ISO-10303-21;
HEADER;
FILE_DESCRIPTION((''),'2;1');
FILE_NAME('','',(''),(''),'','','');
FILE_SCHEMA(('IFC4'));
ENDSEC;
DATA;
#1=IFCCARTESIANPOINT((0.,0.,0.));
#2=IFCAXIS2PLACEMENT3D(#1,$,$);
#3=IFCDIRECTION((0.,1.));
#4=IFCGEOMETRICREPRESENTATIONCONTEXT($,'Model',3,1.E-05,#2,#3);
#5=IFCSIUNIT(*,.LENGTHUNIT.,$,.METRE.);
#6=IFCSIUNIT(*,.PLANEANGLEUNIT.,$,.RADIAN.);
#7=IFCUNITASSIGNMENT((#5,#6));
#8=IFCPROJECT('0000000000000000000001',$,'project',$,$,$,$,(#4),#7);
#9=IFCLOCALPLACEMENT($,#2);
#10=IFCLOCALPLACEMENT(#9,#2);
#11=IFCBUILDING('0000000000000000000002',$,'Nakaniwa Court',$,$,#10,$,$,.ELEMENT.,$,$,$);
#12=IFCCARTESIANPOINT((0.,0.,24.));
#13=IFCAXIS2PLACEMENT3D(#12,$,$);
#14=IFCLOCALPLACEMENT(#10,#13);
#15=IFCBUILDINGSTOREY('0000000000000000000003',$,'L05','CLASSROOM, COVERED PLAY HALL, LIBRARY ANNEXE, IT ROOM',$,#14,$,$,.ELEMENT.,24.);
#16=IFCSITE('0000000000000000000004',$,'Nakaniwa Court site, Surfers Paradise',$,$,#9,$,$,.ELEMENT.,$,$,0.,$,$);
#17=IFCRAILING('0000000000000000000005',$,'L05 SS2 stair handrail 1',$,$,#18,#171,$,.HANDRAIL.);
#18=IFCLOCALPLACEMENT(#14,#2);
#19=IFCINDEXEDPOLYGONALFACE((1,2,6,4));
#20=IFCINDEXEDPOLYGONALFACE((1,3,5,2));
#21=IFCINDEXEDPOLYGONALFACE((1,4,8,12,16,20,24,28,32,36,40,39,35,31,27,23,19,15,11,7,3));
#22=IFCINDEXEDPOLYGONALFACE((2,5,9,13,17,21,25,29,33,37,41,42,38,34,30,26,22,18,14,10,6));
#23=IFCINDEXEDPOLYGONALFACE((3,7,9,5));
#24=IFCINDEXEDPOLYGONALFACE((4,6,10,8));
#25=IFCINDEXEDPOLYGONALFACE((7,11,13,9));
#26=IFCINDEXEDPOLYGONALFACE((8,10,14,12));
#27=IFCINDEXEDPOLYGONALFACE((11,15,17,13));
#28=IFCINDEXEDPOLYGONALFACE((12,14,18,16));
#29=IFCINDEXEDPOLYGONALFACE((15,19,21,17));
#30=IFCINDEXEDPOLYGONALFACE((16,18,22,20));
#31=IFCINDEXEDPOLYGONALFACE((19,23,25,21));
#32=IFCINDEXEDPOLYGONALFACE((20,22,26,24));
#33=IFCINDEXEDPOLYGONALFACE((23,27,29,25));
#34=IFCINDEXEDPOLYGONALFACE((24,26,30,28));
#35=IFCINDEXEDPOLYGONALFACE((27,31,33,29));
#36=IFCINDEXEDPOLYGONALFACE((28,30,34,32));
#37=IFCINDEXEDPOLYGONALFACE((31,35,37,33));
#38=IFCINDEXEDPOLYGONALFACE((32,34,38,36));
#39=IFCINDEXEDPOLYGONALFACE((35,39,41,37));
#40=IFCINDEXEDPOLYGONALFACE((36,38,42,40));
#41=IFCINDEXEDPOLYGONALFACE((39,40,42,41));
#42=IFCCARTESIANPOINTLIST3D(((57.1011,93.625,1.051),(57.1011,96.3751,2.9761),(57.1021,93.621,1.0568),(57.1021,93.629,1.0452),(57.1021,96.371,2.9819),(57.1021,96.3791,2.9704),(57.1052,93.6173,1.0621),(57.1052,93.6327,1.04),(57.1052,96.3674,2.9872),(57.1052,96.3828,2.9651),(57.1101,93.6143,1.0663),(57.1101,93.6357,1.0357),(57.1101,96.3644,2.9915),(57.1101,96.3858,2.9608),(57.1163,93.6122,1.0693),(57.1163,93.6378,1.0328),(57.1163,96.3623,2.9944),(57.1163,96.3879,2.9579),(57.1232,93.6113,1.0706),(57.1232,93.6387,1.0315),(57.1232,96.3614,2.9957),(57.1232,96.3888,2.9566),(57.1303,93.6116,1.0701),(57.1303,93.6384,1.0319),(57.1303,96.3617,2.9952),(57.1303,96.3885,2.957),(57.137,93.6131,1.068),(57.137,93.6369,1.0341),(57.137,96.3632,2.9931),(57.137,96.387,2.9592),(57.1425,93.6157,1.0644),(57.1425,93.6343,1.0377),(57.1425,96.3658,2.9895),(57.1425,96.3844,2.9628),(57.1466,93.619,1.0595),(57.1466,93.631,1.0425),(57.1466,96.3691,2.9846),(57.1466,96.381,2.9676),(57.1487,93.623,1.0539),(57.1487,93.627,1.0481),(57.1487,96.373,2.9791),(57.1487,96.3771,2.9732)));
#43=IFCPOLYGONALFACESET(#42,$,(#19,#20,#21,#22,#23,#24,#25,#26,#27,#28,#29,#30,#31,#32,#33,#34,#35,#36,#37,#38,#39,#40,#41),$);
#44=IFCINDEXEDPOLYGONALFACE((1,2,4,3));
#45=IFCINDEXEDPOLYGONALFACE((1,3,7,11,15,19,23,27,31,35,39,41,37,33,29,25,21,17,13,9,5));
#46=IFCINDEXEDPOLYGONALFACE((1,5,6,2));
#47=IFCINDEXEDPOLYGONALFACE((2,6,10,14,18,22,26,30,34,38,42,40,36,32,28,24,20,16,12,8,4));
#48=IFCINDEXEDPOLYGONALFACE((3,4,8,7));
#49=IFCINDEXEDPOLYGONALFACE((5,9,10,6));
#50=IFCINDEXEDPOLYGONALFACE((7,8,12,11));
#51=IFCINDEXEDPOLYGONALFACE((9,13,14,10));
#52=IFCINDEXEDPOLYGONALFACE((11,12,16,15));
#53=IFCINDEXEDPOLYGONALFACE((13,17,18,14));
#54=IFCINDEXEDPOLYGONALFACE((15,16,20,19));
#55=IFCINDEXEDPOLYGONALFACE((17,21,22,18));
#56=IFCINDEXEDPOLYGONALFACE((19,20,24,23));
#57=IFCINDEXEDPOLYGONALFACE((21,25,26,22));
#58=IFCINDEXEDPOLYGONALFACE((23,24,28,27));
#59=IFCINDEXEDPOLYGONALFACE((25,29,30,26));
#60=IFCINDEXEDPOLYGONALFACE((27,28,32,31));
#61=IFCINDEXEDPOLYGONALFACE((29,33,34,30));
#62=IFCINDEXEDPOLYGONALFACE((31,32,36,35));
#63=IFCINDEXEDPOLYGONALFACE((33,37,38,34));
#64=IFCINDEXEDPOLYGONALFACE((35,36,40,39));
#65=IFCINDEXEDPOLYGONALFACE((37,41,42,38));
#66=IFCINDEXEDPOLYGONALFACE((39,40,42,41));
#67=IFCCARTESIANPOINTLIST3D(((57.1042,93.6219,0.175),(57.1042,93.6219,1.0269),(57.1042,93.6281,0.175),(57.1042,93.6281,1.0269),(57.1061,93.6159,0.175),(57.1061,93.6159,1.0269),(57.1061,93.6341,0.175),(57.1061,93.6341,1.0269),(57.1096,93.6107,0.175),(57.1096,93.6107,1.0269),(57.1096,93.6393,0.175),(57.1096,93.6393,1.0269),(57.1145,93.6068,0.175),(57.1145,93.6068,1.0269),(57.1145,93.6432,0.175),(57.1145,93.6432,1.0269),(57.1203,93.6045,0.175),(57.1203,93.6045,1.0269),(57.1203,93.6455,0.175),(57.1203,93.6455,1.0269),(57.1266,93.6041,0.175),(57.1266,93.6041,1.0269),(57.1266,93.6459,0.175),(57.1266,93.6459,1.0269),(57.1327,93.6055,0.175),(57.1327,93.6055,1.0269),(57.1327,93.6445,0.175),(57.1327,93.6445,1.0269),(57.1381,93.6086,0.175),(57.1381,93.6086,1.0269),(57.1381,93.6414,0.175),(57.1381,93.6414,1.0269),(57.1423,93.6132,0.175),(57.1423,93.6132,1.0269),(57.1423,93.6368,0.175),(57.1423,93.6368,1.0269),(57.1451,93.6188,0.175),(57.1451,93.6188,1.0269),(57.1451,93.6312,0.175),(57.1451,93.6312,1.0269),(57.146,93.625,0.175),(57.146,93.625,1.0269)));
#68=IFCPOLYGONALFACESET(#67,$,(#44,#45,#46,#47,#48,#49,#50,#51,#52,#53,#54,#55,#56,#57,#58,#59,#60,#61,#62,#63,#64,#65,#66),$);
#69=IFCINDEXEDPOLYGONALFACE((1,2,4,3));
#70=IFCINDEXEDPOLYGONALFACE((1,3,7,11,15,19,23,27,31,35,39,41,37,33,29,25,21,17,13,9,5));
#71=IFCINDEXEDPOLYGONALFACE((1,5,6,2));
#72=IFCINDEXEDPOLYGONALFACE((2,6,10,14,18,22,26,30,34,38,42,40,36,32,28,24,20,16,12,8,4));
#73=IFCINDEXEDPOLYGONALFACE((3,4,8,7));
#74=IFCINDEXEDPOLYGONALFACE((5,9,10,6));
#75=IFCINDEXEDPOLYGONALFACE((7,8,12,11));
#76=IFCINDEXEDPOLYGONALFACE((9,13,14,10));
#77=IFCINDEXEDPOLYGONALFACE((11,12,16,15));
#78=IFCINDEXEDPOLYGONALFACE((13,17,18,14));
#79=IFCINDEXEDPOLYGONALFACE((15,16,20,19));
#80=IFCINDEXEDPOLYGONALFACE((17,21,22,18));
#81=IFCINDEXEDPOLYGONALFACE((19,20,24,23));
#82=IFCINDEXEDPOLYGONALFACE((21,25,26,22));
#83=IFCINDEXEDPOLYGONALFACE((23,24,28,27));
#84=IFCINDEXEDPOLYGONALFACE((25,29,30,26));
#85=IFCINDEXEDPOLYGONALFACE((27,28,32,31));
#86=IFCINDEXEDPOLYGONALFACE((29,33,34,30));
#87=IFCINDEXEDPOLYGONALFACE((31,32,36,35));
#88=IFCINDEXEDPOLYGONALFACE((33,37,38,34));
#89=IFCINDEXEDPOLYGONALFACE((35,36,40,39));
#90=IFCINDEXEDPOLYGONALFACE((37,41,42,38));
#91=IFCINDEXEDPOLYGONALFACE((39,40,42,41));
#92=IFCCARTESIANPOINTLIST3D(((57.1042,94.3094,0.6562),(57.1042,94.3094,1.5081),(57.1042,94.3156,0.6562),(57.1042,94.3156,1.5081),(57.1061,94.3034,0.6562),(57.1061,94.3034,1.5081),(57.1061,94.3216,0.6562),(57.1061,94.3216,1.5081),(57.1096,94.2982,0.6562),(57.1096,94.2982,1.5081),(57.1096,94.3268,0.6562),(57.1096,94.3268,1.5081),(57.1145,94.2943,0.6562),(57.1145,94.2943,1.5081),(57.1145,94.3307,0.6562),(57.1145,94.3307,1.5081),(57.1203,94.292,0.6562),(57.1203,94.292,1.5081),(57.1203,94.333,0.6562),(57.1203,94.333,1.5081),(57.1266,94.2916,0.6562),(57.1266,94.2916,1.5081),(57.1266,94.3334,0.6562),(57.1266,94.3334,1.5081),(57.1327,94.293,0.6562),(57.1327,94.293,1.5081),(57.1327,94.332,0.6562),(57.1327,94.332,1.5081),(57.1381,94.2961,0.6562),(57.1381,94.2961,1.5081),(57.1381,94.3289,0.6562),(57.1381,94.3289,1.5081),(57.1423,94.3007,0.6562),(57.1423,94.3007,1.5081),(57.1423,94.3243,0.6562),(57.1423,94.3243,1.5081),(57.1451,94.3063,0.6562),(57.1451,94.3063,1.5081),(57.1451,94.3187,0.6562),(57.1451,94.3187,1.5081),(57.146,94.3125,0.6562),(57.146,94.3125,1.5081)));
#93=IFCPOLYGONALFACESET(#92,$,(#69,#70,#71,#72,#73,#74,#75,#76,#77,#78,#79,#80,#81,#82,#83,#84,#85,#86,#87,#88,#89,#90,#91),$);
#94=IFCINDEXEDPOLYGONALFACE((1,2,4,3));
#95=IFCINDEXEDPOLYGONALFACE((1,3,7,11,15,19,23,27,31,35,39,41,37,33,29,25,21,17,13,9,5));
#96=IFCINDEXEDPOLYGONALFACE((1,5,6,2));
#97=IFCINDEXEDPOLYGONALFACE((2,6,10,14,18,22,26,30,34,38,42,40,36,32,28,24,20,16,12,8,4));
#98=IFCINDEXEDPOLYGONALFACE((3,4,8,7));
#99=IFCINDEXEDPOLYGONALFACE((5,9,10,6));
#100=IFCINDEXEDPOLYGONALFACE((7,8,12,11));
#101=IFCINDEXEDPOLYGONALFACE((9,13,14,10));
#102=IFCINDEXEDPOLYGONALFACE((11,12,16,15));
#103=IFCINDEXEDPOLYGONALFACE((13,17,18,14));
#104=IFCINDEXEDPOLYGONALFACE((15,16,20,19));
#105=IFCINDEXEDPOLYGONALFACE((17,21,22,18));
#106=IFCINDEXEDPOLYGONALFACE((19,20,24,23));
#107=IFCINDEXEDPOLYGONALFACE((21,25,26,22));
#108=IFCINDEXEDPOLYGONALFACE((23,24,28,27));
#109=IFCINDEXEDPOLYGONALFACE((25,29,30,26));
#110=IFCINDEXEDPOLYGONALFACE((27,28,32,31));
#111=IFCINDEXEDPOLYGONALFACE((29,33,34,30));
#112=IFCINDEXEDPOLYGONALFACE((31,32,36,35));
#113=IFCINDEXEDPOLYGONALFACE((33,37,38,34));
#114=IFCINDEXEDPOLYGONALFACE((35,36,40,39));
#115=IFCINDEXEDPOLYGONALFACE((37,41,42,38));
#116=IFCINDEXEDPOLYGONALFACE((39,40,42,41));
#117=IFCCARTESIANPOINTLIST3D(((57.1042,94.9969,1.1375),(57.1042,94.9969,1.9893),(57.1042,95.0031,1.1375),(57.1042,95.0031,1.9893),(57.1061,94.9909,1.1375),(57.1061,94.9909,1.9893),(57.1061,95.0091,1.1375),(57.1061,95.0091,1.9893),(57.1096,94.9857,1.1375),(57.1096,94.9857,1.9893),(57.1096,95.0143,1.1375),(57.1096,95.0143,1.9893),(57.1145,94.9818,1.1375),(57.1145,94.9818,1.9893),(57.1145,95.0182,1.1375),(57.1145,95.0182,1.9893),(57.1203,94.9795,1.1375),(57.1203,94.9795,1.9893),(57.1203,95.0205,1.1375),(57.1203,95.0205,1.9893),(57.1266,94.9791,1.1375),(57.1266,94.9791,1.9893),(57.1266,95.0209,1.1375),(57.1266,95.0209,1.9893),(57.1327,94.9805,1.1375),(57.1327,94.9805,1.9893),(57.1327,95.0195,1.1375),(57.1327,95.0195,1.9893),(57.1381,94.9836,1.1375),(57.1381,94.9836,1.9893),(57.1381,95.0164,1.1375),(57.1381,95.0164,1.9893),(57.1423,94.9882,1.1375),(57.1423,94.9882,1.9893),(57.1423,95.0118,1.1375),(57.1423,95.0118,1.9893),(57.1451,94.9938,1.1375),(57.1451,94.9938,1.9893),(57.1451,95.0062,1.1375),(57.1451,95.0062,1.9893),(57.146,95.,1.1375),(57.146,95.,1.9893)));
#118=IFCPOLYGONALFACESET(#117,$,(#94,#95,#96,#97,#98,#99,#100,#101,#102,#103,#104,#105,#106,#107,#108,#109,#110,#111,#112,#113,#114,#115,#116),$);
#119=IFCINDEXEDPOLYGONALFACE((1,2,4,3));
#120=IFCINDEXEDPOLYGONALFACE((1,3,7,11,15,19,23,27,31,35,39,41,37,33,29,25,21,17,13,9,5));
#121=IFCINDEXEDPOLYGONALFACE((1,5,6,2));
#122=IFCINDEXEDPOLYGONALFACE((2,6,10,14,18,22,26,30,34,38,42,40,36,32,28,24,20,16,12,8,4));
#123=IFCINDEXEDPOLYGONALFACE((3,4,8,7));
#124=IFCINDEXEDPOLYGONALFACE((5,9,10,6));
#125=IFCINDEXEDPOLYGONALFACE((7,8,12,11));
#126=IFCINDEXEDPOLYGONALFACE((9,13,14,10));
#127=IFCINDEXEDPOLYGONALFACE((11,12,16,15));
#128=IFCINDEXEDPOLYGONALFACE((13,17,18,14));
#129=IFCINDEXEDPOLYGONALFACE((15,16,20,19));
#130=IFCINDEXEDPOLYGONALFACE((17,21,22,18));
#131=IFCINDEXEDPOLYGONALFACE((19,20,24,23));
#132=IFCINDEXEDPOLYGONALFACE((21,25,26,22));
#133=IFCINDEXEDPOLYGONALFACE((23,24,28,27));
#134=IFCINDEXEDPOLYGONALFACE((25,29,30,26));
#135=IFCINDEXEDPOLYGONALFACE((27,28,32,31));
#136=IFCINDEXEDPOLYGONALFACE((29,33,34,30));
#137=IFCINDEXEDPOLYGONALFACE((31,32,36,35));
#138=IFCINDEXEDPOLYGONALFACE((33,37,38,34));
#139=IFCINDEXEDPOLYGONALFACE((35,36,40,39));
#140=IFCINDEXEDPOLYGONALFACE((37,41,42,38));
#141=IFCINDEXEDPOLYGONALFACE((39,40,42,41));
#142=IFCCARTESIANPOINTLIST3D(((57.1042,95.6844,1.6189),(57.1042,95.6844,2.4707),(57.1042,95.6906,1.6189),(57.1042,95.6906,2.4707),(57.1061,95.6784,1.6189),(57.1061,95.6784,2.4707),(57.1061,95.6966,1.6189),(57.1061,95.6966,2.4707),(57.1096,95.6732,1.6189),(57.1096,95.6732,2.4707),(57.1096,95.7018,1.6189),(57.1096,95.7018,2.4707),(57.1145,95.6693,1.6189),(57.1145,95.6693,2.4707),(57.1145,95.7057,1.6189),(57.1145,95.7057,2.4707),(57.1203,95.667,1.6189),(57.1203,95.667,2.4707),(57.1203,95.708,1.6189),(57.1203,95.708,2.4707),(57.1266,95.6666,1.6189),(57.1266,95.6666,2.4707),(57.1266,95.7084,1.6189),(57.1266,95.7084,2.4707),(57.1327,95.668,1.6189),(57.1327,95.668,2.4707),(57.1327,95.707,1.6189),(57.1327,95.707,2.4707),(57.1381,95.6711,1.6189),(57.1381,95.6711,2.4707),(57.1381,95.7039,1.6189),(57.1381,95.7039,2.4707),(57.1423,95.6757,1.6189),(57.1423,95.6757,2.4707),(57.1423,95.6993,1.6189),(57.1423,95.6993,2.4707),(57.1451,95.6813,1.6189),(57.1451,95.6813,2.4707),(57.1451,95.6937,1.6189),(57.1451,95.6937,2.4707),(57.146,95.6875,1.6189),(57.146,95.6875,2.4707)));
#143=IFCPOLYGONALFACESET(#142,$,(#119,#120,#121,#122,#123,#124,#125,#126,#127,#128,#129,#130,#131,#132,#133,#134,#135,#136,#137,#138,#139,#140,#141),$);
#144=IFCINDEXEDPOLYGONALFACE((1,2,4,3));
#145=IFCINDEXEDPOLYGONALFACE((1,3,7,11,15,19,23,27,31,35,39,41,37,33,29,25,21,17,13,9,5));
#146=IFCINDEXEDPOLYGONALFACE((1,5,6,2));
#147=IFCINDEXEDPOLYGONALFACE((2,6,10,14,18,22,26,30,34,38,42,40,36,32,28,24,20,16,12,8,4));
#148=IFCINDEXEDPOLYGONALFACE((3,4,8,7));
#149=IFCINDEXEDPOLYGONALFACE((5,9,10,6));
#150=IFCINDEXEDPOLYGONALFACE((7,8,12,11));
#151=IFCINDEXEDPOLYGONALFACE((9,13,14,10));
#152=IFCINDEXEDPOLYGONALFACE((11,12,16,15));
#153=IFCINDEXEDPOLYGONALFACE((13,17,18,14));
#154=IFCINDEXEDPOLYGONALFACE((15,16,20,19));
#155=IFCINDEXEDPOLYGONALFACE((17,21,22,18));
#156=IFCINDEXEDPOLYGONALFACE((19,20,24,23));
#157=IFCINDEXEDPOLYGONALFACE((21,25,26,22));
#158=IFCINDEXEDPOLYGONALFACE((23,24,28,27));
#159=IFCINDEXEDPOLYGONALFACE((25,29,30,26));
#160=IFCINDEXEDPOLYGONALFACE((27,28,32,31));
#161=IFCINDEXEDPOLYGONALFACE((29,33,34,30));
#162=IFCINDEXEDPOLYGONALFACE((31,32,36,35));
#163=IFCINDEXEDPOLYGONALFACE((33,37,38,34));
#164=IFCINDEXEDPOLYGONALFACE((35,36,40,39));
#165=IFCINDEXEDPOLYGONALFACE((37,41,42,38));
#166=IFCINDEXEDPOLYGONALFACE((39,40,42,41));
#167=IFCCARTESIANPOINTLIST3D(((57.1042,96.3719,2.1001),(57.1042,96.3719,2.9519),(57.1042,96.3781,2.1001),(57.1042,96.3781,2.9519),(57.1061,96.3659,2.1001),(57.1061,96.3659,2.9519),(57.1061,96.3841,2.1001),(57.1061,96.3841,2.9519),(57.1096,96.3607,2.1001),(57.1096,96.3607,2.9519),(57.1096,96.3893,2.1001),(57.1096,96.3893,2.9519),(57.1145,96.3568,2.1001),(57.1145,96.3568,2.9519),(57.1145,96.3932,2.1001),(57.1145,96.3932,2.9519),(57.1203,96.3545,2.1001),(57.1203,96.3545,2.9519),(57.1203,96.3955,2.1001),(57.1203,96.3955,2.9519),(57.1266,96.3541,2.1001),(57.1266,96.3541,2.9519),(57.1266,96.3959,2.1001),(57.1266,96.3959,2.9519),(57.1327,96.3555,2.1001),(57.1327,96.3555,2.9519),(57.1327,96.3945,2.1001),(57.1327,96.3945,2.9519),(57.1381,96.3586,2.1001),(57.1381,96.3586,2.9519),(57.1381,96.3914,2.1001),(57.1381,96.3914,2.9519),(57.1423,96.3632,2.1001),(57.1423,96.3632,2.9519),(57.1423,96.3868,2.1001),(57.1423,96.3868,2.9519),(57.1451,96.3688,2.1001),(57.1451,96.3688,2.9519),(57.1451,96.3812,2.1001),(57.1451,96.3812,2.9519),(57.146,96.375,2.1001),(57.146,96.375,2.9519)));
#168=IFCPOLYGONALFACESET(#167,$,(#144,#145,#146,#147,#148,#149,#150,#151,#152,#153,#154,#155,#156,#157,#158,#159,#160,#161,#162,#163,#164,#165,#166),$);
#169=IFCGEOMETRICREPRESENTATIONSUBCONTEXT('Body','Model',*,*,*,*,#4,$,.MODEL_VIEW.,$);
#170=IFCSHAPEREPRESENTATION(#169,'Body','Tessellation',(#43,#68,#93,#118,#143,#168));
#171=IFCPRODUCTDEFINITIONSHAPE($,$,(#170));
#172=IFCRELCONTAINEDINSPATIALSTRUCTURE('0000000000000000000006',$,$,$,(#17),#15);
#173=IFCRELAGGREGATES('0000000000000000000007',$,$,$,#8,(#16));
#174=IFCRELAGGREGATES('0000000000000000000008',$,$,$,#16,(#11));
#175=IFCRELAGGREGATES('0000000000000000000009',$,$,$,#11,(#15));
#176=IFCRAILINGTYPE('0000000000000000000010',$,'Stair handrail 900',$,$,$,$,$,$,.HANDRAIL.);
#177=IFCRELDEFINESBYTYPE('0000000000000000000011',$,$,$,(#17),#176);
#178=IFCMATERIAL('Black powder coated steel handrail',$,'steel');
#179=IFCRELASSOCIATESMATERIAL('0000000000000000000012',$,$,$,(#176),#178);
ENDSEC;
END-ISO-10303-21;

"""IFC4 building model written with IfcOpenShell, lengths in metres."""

from ifc_helpers import new_model, si_unit, direction, frame, origin, origin_2d, place, context, subcontext, project, spatial, circle, extrude, material, type_object, element, save


model = new_model("IFC4")

# Units and contexts
model_context = context("Model", 3, precision=1e-05, world=origin(), true_north=direction((0.0, 1.0)))
body_context = subcontext(model_context, "Body", "Model", "MODEL_VIEW")
ifc_project = project(units=[si_unit("LENGTHUNIT", "METRE"), si_unit("PLANEANGLEUNIT", "RADIAN")], contexts=[model_context])

# Site, building, storey
site_placement = place(None, origin())
site = spatial("IfcSite", under=ifc_project, at=site_placement, Name="Nakaniwa Court site, Surfers Paradise", CompositionType="ELEMENT", RefElevation=0.0)
building_placement = place(site_placement, origin())
building = spatial("IfcBuilding", under=site, at=building_placement, Name="Nakaniwa Court", CompositionType="ELEMENT")
storey_placement = place(building_placement, frame((0.0, 0.0, 24.0)))
storey = spatial("IfcBuildingStorey", under=building, at=storey_placement, Name="L05", Description="CLASSROOM, COVERED PLAY HALL, LIBRARY ANNEXE, IT ROOM", CompositionType="ELEMENT", Elevation=24.0)

# Railing
ifc_material_1 = material(Name="Black powder coated steel handrail", Category="steel")
railing_type = type_object("IfcRailingType", Name="Stair handrail 900", PredefinedType="HANDRAIL", material=ifc_material_1)
railing_placement = place(storey_placement, frame((57.125, 93.625, 0.175)))
element("IfcRailing", 1, at=railing_placement, inside=storey, type_object=railing_type, Name="L05 SS2 stair handrail 1", PredefinedType="HANDRAIL", context=body_context, shape_type="SweptSolid", body=[
    extrude(circle(Radius=0.0239, at=origin_2d()), frame((0.0, 0.0, 0.876), z_axis=(0.0, 0.819225, 0.573472), x_axis=(-1.0, 0.0, 0.0)), (0.0, 0.0, 1.0), 3.3569),
    extrude(circle(Radius=0.021, at=origin_2d()), origin(), (0.0, 0.0, 1.0), 0.8518),
    extrude(circle(Radius=0.021, at=origin_2d()), frame((0.0, 0.6875, 0.4812)), (0.0, 0.0, 1.0), 0.8518),
    extrude(circle(Radius=0.021, at=origin_2d()), frame((0.0, 1.375, 0.9624)), (0.0, 0.0, 1.0), 0.8518),
    extrude(circle(Radius=0.021, at=origin_2d()), frame((0.0, 2.0625, 1.4438)), (0.0, 0.0, 1.0), 0.8518),
    extrude(circle(Radius=0.021, at=origin_2d()), frame((0.0, 2.75, 1.925)), (0.0, 0.0, 1.0), 0.8518),
])

save(model, "model.ifc")
